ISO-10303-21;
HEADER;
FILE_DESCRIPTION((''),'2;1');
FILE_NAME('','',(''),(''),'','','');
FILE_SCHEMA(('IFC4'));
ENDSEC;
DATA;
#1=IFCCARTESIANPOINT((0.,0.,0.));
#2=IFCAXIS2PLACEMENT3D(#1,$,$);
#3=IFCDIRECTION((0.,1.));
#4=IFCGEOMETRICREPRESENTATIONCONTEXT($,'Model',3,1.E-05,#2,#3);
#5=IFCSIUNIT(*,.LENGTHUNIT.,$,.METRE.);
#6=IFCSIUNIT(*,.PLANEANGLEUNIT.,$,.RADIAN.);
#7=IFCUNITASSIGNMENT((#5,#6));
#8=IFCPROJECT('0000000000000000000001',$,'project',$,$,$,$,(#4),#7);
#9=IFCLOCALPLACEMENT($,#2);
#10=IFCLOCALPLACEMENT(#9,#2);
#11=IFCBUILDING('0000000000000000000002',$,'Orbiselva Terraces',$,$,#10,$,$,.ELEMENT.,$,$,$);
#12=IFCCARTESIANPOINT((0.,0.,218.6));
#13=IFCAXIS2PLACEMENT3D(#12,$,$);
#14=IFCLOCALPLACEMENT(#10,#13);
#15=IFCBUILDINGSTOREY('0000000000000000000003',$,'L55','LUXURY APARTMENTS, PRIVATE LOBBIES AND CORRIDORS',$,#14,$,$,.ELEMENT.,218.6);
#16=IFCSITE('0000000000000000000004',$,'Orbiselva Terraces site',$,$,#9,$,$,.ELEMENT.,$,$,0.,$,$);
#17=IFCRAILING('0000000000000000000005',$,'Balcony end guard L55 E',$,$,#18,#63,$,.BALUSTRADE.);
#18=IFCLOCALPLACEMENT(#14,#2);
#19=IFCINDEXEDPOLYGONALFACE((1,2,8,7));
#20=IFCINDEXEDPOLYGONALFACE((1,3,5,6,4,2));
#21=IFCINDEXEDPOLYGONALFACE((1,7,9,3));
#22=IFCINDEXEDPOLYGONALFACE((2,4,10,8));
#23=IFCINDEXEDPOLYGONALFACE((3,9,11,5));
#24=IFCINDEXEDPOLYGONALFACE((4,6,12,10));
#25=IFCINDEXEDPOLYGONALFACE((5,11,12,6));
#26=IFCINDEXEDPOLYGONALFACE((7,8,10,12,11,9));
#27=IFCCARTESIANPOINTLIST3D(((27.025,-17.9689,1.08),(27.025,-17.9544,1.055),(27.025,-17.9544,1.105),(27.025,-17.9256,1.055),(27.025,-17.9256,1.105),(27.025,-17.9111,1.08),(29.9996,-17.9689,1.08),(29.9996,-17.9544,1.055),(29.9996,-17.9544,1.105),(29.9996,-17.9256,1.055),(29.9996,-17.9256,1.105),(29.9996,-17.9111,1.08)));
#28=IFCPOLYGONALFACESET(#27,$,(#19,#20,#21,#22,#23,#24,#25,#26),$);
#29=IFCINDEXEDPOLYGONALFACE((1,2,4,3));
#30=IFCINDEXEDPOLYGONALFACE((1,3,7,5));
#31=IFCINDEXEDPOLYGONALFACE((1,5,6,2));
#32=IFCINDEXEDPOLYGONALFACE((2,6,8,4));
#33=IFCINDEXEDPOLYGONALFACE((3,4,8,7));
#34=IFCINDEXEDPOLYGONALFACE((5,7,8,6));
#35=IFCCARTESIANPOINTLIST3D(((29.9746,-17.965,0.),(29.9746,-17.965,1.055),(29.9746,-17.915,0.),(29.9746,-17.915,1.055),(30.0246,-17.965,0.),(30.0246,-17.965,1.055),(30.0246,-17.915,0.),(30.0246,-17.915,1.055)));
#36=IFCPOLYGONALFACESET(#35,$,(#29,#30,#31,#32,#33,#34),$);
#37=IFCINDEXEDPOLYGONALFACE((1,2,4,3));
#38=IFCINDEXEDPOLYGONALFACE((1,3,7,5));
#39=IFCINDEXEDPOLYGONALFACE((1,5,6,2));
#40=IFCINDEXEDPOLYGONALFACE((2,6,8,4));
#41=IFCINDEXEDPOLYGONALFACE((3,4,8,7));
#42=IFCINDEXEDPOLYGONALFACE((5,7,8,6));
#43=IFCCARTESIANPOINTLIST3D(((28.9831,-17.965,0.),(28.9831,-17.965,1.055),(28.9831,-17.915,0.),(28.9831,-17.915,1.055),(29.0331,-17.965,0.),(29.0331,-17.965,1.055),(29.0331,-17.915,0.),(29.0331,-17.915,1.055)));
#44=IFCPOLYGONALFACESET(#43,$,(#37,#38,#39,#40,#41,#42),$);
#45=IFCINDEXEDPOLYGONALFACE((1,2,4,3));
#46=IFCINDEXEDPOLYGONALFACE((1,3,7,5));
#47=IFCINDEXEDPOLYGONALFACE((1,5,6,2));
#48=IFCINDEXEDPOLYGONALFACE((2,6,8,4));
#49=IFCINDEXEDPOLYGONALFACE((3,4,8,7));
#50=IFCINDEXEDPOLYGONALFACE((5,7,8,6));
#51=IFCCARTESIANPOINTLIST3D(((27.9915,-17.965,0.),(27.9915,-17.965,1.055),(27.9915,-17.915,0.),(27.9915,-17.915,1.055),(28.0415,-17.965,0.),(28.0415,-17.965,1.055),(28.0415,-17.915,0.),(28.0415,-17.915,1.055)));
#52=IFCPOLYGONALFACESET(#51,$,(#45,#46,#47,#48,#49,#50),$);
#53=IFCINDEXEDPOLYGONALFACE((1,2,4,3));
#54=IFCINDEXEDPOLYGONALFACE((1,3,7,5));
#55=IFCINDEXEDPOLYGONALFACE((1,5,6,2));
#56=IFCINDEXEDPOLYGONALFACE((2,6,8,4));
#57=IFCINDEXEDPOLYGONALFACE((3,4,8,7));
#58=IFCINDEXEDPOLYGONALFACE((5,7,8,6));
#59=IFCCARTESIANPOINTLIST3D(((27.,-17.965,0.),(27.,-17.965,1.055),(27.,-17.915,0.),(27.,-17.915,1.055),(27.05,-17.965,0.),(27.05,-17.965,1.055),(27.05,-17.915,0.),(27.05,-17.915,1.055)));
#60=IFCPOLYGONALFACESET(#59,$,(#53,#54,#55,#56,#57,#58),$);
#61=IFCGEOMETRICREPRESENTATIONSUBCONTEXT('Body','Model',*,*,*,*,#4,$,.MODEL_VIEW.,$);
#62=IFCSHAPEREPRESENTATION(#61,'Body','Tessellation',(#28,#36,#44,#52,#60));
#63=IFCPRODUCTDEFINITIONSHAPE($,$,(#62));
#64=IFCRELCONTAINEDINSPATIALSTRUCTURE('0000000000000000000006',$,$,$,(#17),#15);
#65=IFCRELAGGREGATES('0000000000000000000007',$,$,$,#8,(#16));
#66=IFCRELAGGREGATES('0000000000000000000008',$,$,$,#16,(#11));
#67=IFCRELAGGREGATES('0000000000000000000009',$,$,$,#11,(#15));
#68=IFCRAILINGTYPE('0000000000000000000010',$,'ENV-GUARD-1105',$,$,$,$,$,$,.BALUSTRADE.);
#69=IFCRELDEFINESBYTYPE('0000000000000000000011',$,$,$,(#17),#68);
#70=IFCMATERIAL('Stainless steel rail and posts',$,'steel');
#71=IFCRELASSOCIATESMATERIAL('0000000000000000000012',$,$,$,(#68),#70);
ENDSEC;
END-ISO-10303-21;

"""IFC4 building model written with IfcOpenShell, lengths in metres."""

from ifc_helpers import new_model, si_unit, direction, frame, origin, origin_2d, place, context, subcontext, project, spatial, polyline, rectangle, outline, extrude, material, type_object, element, save


model = new_model("IFC4")

# Units and contexts
model_context = context("Model", 3, precision=1e-05, world=origin(), true_north=direction((0.0, 1.0)))
body_context = subcontext(model_context, "Body", "Model", "MODEL_VIEW")
ifc_project = project(units=[si_unit("LENGTHUNIT", "METRE"), si_unit("PLANEANGLEUNIT", "RADIAN")], contexts=[model_context])

# Site, building, storey
site_placement = place(None, origin())
site = spatial("IfcSite", under=ifc_project, at=site_placement, Name="Orbiselva Terraces site", CompositionType="ELEMENT", RefElevation=0.0)
building_placement = place(site_placement, origin())
building = spatial("IfcBuilding", under=site, at=building_placement, Name="Orbiselva Terraces", CompositionType="ELEMENT")
storey_placement = place(building_placement, frame((0.0, 0.0, 218.6)))
storey = spatial("IfcBuildingStorey", under=building, at=storey_placement, Name="L55", Description="LUXURY APARTMENTS, PRIVATE LOBBIES AND CORRIDORS", CompositionType="ELEMENT", Elevation=218.6)

# Railing
ifc_material_1 = material(Name="Stainless steel rail and posts", Category="steel")
railing_type_1 = type_object("IfcRailingType", Name="ENV-GUARD-1105", PredefinedType="BALUSTRADE", material=ifc_material_1)
railing_1_placement = place(storey_placement, frame((29.9996, -17.94, 0.0)))
element("IfcRailing", 1, at=railing_1_placement, inside=storey, type_object=railing_type_1, Name="Balcony end guard L55 E", PredefinedType="BALUSTRADE", context=body_context, shape_type="SweptSolid", body=[
    extrude(outline(polyline([(0.0289, 0.0), (0.0144, 0.025), (-0.0144, 0.025), (-0.0289, 0.0), (-0.0144, -0.025), (0.0144, -0.025), (0.0289, 0.0)])), frame((0.0, 0.0, 1.08), z_axis=(-1.0, 0.0, 0.0), x_axis=(0.0, -1.0, 0.0)), (0.0, 0.0, 1.0), 2.9746),
    extrude(rectangle(XDim=0.05, YDim=0.05, at=origin_2d()), origin(), (0.0, 0.0, 1.0), 1.055),
    extrude(rectangle(XDim=0.05, YDim=0.05, at=origin_2d()), frame((-0.9915, 0.0, 0.0)), (0.0, 0.0, 1.0), 1.055),
    extrude(rectangle(XDim=0.05, YDim=0.05, at=origin_2d()), frame((-1.9831, 0.0, 0.0)), (0.0, 0.0, 1.0), 1.055),
    extrude(rectangle(XDim=0.05, YDim=0.05, at=origin_2d()), frame((-2.9746, 0.0, 0.0)), (0.0, 0.0, 1.0), 1.055),
])

save(model, "model.ifc")
